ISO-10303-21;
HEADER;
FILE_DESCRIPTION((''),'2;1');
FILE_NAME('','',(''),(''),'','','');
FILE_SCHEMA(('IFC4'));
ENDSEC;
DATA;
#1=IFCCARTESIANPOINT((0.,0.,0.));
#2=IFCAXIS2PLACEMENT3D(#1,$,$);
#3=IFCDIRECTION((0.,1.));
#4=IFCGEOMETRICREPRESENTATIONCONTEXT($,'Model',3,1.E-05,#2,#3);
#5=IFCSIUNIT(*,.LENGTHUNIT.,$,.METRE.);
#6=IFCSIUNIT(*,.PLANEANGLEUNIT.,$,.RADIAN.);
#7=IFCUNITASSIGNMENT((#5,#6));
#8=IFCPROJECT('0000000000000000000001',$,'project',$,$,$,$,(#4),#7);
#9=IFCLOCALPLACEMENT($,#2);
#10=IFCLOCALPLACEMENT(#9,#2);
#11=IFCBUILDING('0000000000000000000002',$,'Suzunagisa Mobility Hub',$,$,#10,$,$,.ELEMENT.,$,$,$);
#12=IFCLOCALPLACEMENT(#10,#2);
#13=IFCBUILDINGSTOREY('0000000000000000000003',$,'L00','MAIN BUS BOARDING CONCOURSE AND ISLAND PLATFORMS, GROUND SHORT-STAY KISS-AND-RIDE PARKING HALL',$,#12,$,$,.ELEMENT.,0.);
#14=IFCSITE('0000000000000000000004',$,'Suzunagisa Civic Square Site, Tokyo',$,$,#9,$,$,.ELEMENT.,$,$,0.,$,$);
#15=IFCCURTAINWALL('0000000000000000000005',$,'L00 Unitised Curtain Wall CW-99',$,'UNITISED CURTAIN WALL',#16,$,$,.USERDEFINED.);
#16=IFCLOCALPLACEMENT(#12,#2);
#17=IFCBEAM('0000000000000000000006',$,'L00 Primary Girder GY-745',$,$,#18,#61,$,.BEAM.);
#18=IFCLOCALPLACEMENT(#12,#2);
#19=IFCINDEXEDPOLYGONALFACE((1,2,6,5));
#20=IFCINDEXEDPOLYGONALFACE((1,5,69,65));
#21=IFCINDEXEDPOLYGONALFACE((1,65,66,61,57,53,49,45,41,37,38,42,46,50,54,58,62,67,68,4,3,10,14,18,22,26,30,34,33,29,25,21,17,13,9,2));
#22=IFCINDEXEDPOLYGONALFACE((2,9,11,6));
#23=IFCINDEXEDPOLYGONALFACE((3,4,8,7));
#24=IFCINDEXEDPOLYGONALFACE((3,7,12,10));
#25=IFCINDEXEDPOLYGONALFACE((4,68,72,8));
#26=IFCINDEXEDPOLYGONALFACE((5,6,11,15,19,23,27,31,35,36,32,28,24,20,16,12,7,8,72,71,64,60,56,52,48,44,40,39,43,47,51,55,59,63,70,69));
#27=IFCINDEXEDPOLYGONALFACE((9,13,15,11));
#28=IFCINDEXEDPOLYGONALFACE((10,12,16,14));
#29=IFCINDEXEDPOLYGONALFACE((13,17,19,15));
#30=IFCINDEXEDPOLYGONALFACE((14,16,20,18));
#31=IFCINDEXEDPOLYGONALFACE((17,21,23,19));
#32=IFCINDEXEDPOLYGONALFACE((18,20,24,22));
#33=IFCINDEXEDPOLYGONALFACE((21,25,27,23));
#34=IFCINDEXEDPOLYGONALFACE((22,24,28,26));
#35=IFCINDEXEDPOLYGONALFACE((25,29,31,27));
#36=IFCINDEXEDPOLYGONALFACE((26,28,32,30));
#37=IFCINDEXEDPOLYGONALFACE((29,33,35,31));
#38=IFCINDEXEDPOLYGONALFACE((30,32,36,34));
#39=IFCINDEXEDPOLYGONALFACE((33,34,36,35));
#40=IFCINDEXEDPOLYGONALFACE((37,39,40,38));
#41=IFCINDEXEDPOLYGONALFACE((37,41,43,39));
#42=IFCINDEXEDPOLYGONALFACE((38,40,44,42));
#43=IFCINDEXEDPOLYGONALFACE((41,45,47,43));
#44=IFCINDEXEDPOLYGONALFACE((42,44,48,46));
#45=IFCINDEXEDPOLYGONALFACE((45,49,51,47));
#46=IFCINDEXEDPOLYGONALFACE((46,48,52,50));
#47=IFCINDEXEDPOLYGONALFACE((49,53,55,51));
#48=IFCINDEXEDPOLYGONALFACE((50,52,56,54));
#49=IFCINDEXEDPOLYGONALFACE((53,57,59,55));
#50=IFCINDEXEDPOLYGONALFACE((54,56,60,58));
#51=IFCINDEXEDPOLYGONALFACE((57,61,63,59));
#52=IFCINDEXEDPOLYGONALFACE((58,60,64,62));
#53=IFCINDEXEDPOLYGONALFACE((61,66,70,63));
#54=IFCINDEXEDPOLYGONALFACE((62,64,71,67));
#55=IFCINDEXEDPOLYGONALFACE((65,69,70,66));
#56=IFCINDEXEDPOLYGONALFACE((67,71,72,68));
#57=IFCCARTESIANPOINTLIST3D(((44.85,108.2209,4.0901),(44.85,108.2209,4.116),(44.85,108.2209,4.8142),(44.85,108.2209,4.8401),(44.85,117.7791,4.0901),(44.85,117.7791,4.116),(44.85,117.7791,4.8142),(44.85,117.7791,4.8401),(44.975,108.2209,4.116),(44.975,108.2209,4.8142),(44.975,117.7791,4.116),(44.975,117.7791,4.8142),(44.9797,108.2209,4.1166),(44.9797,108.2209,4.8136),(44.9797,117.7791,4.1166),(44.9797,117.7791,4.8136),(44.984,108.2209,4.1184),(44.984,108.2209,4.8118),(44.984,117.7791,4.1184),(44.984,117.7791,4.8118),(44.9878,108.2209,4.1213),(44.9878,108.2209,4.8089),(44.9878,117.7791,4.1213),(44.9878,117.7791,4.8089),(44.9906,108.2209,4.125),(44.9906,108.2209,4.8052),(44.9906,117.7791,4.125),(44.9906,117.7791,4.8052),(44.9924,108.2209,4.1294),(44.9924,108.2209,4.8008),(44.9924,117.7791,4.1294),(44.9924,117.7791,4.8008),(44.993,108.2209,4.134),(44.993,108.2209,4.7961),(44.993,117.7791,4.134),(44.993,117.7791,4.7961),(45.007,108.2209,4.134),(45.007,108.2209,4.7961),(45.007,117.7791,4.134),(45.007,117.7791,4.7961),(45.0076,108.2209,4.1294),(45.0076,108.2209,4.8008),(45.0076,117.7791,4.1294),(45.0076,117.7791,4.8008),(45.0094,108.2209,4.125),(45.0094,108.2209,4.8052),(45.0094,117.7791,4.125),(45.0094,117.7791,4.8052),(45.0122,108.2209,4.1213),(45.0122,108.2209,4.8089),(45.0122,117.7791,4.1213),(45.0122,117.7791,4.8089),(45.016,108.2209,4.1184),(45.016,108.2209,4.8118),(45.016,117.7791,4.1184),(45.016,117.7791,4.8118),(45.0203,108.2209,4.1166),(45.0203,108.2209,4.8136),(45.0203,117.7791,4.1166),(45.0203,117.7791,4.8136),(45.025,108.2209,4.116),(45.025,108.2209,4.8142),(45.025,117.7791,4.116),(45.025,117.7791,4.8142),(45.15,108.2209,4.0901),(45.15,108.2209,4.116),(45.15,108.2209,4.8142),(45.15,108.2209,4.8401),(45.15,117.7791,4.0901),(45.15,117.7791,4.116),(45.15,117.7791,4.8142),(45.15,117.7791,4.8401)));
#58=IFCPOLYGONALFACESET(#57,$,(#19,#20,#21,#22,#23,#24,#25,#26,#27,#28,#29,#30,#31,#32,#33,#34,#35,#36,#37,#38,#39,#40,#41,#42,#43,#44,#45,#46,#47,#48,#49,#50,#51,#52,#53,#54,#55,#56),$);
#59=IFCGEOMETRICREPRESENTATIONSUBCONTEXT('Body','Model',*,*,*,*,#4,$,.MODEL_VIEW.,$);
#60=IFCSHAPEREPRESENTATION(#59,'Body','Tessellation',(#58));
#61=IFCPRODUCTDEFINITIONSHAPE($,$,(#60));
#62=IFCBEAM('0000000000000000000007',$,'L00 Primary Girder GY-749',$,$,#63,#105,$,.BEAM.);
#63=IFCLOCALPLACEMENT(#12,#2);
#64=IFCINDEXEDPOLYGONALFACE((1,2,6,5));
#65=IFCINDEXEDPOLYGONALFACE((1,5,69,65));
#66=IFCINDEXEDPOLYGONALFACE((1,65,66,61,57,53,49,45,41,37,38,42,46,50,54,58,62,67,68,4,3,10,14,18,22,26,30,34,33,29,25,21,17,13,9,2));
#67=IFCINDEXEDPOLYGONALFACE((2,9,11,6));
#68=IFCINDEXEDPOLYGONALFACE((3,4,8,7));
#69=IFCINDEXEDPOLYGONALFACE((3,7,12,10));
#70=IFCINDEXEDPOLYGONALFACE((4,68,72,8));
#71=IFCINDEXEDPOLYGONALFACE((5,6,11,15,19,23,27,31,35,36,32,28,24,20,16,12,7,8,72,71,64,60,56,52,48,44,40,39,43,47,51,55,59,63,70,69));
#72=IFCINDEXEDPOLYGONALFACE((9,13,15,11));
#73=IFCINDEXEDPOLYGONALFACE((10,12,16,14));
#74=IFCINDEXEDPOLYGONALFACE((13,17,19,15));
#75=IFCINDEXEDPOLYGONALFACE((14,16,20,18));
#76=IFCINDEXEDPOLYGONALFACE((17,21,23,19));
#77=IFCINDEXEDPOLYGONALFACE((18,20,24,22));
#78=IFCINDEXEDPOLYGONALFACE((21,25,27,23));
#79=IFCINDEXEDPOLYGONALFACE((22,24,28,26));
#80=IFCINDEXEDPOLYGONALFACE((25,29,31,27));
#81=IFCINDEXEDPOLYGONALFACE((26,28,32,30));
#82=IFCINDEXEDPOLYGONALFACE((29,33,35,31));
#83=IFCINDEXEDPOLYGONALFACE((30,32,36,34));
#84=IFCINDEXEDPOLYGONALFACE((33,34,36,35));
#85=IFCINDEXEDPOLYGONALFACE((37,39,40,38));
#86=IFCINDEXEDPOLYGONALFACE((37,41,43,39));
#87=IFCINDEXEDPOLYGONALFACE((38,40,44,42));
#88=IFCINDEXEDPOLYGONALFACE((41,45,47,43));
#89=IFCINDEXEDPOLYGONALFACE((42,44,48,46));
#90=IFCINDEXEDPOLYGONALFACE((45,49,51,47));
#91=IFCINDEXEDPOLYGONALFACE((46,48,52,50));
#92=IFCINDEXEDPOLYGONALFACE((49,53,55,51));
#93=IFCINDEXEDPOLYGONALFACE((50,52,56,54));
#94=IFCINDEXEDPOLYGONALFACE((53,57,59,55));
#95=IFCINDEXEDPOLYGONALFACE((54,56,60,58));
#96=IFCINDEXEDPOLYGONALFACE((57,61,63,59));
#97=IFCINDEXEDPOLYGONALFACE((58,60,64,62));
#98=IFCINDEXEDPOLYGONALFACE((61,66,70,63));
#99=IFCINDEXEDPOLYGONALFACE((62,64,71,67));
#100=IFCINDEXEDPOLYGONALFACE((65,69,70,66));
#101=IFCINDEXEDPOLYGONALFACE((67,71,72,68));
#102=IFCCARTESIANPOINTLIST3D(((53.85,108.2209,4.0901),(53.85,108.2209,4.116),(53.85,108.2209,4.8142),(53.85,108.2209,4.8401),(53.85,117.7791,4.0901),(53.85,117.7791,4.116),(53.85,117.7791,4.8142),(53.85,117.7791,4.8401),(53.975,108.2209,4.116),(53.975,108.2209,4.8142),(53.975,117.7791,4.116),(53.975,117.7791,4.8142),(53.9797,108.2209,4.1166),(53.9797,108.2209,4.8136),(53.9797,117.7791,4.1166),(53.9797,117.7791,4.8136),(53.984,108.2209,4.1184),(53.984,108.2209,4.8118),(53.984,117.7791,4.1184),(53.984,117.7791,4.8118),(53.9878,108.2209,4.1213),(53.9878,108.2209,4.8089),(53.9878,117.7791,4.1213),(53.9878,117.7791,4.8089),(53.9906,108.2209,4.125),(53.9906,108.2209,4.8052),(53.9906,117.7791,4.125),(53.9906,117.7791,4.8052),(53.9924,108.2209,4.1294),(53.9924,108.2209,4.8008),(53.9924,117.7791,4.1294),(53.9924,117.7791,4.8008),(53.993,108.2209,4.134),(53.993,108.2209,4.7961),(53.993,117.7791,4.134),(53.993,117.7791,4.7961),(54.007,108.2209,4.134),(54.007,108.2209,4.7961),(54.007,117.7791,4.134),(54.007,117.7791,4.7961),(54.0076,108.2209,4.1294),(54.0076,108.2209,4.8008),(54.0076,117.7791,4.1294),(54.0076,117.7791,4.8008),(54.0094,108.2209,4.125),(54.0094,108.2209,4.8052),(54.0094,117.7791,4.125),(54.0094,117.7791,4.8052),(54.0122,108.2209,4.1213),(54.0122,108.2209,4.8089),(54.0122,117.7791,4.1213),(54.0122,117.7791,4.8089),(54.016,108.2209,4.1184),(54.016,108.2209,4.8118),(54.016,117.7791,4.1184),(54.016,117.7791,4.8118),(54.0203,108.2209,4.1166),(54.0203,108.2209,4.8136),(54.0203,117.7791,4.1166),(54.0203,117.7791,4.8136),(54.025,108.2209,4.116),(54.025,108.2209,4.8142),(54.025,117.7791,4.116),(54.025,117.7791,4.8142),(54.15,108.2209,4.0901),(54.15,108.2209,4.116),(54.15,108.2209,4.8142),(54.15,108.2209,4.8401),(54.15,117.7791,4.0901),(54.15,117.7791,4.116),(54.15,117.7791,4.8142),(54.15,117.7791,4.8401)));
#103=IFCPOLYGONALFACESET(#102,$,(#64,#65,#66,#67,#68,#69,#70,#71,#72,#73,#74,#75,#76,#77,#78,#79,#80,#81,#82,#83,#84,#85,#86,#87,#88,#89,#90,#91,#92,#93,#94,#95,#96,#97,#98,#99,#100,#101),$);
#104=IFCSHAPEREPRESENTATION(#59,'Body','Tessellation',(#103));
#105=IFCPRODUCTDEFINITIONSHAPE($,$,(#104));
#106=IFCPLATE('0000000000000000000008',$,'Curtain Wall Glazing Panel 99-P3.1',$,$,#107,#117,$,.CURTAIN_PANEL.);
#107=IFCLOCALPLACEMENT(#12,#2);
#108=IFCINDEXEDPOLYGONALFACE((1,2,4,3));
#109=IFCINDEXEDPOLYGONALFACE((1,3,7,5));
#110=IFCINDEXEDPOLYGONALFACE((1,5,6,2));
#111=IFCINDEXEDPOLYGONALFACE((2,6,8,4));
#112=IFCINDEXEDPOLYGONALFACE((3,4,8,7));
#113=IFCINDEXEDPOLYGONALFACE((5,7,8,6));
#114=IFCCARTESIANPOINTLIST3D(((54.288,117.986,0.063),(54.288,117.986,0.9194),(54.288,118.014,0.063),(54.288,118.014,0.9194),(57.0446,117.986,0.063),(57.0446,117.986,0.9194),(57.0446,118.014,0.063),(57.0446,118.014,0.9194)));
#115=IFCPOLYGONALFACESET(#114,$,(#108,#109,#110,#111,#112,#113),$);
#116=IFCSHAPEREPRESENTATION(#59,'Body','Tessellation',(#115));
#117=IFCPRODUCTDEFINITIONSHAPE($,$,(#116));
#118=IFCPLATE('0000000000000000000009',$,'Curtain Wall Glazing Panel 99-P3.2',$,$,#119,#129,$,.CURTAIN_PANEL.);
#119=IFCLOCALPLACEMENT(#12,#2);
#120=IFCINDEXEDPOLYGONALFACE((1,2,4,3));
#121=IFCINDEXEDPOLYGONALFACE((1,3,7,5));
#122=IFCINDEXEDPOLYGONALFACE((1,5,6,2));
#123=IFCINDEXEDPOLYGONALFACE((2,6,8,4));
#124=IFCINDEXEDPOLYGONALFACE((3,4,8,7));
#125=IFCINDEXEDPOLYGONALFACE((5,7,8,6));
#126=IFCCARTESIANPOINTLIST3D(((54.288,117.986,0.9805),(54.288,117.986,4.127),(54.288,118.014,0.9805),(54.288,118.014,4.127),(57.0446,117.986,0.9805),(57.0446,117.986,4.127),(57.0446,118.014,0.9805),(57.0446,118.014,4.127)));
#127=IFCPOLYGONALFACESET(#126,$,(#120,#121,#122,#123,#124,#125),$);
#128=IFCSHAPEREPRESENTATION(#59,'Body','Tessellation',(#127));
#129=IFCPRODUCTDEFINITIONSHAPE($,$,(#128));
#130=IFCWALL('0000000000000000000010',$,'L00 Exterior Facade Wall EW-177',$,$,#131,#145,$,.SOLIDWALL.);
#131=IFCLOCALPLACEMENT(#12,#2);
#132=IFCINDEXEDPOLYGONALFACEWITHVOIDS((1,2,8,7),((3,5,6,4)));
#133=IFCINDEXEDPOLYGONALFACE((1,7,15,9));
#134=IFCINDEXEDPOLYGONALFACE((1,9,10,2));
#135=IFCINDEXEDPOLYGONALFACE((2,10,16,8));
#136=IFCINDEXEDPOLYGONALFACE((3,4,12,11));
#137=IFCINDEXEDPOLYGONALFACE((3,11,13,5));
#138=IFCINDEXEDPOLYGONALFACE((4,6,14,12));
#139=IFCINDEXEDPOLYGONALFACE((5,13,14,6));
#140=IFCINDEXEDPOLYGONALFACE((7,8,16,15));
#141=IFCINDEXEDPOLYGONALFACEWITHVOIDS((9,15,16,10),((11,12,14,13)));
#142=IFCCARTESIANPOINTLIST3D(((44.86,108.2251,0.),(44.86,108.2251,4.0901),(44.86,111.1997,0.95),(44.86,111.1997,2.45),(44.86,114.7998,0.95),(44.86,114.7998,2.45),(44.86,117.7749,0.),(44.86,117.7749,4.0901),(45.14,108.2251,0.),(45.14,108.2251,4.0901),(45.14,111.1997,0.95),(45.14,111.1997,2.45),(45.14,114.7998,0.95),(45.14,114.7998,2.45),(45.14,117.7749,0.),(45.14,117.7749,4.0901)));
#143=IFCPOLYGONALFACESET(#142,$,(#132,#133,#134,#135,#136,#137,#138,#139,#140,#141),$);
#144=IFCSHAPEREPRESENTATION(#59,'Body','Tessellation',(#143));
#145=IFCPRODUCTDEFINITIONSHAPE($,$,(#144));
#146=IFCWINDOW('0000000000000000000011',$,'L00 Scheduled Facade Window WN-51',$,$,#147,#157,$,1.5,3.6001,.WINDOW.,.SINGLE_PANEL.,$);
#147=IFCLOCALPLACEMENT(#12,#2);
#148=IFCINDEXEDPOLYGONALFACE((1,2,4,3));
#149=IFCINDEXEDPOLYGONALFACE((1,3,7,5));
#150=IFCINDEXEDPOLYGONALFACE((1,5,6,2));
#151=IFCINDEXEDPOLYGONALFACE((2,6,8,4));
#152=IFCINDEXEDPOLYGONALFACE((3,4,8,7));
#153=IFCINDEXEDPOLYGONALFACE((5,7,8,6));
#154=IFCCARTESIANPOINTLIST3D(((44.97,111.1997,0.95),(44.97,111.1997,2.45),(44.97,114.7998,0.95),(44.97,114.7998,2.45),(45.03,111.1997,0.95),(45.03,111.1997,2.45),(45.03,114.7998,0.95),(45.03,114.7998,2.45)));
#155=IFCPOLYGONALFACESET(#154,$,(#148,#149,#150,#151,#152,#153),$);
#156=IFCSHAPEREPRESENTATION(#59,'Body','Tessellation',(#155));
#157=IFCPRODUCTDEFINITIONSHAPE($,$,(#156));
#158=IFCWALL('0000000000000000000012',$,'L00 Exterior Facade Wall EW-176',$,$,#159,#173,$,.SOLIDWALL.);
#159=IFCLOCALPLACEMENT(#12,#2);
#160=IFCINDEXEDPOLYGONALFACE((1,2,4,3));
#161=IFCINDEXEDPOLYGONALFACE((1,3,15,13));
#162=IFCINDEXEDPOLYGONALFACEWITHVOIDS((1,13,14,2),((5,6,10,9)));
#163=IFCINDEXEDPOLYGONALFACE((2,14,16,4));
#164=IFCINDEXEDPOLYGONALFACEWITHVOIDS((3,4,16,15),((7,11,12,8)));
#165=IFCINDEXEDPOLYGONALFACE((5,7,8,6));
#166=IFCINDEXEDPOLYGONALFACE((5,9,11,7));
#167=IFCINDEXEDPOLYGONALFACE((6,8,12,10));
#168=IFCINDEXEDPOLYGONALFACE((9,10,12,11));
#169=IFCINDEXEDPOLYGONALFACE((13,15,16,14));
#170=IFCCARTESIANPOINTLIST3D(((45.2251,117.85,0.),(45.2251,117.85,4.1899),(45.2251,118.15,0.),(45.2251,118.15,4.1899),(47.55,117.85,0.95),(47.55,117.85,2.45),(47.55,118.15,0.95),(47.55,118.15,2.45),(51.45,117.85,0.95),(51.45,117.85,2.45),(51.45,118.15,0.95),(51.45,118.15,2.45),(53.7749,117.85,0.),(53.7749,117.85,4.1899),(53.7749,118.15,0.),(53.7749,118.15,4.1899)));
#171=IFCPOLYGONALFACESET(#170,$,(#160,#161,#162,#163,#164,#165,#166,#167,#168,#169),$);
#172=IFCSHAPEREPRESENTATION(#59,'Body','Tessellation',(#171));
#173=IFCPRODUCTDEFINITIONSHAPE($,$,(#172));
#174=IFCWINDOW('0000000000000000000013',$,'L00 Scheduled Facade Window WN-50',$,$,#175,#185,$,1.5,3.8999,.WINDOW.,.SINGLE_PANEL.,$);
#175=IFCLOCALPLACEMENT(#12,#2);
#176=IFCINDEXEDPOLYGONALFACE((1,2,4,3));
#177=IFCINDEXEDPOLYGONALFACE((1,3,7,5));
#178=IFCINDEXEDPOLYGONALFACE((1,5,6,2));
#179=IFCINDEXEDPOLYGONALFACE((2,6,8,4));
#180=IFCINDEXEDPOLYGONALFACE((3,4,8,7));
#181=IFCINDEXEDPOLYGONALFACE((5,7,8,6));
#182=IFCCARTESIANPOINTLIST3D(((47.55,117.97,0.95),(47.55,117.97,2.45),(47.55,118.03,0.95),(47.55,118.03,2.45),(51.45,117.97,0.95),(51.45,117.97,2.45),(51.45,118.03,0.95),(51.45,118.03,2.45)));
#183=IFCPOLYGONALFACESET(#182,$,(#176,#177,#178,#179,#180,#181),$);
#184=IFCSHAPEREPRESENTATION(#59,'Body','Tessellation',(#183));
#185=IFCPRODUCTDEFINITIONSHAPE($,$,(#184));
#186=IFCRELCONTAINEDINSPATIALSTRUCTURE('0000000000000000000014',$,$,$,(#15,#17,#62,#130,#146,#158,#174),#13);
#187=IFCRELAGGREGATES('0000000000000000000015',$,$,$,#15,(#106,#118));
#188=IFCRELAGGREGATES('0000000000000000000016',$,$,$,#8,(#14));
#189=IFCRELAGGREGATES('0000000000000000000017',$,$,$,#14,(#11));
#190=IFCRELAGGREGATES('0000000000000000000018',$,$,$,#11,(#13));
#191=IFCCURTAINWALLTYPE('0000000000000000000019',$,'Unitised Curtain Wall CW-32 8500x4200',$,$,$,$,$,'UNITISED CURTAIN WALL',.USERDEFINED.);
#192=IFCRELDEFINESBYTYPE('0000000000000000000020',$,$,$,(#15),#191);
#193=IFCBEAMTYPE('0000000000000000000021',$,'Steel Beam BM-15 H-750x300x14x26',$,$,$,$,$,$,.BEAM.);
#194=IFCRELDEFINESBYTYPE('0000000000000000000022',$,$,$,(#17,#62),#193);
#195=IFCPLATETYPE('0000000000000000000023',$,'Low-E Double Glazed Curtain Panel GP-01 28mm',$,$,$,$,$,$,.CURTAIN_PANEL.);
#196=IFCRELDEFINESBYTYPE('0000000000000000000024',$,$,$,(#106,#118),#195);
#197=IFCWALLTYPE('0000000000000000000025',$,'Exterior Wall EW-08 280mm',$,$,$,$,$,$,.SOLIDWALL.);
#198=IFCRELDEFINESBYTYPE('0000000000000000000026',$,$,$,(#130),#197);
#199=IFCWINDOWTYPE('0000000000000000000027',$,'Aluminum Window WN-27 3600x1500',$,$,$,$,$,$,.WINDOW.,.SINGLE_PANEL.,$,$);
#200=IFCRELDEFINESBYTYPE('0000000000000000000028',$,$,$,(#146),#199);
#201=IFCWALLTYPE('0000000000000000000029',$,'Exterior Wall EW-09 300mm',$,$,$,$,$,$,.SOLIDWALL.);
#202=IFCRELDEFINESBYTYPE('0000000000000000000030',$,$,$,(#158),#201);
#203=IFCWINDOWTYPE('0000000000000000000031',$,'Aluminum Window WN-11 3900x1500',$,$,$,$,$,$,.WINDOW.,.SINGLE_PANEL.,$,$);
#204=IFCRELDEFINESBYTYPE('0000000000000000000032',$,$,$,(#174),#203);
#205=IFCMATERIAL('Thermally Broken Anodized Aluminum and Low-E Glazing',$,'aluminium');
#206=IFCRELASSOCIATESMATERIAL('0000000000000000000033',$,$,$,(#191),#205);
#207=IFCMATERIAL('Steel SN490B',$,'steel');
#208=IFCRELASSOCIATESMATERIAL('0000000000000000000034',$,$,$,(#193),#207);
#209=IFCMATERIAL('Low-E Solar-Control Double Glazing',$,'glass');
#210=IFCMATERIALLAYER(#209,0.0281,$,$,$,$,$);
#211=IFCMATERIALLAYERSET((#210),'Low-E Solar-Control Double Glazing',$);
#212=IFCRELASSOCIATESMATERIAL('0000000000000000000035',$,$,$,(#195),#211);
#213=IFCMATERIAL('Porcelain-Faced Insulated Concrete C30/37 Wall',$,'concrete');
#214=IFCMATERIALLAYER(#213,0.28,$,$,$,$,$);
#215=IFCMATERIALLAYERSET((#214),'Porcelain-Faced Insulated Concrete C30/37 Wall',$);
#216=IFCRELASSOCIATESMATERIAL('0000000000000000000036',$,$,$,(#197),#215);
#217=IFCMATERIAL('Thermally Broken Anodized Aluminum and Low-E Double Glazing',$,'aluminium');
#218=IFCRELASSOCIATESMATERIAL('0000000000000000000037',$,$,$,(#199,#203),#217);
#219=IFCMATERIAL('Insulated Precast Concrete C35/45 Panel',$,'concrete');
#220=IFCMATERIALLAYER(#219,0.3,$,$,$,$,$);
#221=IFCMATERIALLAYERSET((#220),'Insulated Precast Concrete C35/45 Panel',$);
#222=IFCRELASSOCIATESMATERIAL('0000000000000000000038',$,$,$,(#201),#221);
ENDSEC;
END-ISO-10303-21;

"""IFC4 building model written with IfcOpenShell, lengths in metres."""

from ifc_helpers import new_model, si_unit, direction, frame, frame_2d, origin, origin_2d, place, context, subcontext, project, spatial, rectangle, i_section, extrude, material, layer, layer_set, material_profile, profile_set, type_object, element, fill, aggregate, save


model = new_model("IFC4")

# Units and contexts
model_context = context("Model", 3, precision=1e-05, world=origin(), true_north=direction((0.0, 1.0)))
body_context = subcontext(model_context, "Body", "Model", "MODEL_VIEW")
ifc_project = project(units=[si_unit("LENGTHUNIT", "METRE"), si_unit("PLANEANGLEUNIT", "RADIAN")], contexts=[model_context])

# Site, building, storey
site_placement = place(None, origin())
site = spatial("IfcSite", under=ifc_project, at=site_placement, Name="Suzunagisa Civic Square Site, Tokyo", CompositionType="ELEMENT", RefElevation=0.0)
building_placement = place(site_placement, origin())
building = spatial("IfcBuilding", under=site, at=building_placement, Name="Suzunagisa Mobility Hub", CompositionType="ELEMENT")
storey_placement = place(building_placement, origin())
storey = spatial("IfcBuildingStorey", under=building, at=storey_placement, Name="L00", Description="MAIN BUS BOARDING CONCOURSE AND ISLAND PLATFORMS, GROUND SHORT-STAY KISS-AND-RIDE PARKING HALL", CompositionType="ELEMENT", Elevation=0.0)

# Shared definitions
ifc_material_1 = material(Name="Steel SN490B", Category="steel")

# Curtain wall
ifc_material_2 = material(Name="Thermally Broken Anodized Aluminum and Low-E Glazing", Category="aluminium")
curtain_wall_type = type_object("IfcCurtainWallType", Name="Unitised Curtain Wall CW-32 8500x4200", ElementType="UNITISED CURTAIN WALL", PredefinedType="USERDEFINED", material=ifc_material_2)
curtain_wall_placement = place(storey_placement, origin())
curtain_wall = element("IfcCurtainWall", 1, at=curtain_wall_placement, inside=storey, type_object=curtain_wall_type, Name="L00 Unitised Curtain Wall CW-99", ObjectType="UNITISED CURTAIN WALL", PredefinedType="USERDEFINED")

# Beams
ifc_material_profile_1 = material_profile(ifc_material_1, i_section(OverallWidth=0.3, OverallDepth=0.75, WebThickness=0.0139, FlangeThickness=0.0259, FilletRadius=0.0181, at=origin_2d()), Name="H-750x300x14x26")
ifc_profile_set_1 = profile_set([ifc_material_profile_1], Name="Steel SN490B")
beam_type_1 = type_object("IfcBeamType", Name="Steel Beam BM-15 H-750x300x14x26", PredefinedType="BEAM", material=ifc_profile_set_1)
for number, where, z_axis, x_axis, name in (
    (2, (45.0, 108.2209, 4.4651), (0.0, 1.0, 0.0), (-1.0, 0.0, 0.0), "L00 Primary Girder GY-745"),
    (3, (54.0, 108.2209, 4.4651), (0.0, 1.0, 0.0), (-1.0, 0.0, 0.0), "L00 Primary Girder GY-749"),
):
    element("IfcBeam", number, at=place(storey_placement, frame(where, z_axis=z_axis, x_axis=x_axis)), inside=storey, type_object=beam_type_1, Name=name, PredefinedType="BEAM", context=body_context, shape_type="SweptSolid", body=[
        extrude(i_section(OverallWidth=0.3, OverallDepth=0.75, WebThickness=0.0139, FlangeThickness=0.0259, FilletRadius=0.0181, at=origin_2d()), origin(), (0.0, 0.0, 1.0), 9.5581),
    ])

# Plates
ifc_material_3 = material(Name="Low-E Solar-Control Double Glazing", Category="glass")
ifc_layer_1 = layer(ifc_material_3, 0.0281)
ifc_layer_set_1 = layer_set([ifc_layer_1], Name="Low-E Solar-Control Double Glazing")
plate_type = type_object("IfcPlateType", Name="Low-E Double Glazed Curtain Panel GP-01 28mm", PredefinedType="CURTAIN_PANEL", material=ifc_layer_set_1)
plate_1_placement = place(storey_placement, frame((55.6663, 118.0, 0.063), z_axis=(0.0, 0.0, 1.0), x_axis=(-1.0, 0.0, 0.0)))
plate_1 = element("IfcPlate", 4, at=plate_1_placement, type_object=plate_type, Name="Curtain Wall Glazing Panel 99-P3.1", PredefinedType="CURTAIN_PANEL", context=body_context, shape_type="SweptSolid", body=[
    extrude(rectangle(XDim=2.7566, YDim=0.0281, at=origin_2d()), origin(), (0.0, 0.0, 1.0), 0.8564),
])
plate_2_placement = place(storey_placement, frame((55.6663, 118.0, 0.9805), z_axis=(0.0, 0.0, 1.0), x_axis=(-1.0, 0.0, 0.0)))
plate_2 = element("IfcPlate", 5, at=plate_2_placement, type_object=plate_type, Name="Curtain Wall Glazing Panel 99-P3.2", PredefinedType="CURTAIN_PANEL", context=body_context, shape_type="SweptSolid", body=[
    extrude(rectangle(XDim=2.7566, YDim=0.0281, at=origin_2d()), origin(), (0.0, 0.0, 1.0), 3.1465),
])
aggregate(curtain_wall, [plate_1, plate_2])

# Walls, openings, windows
ifc_material_4 = material(Name="Porcelain-Faced Insulated Concrete C30/37 Wall", Category="concrete")
ifc_layer_2 = layer(ifc_material_4, 0.28)
ifc_layer_set_2 = layer_set([ifc_layer_2], Name="Porcelain-Faced Insulated Concrete C30/37 Wall")
wall_type_1 = type_object("IfcWallType", Name="Exterior Wall EW-08 280mm", PredefinedType="SOLIDWALL", material=ifc_layer_set_2)
wall_1_placement = place(storey_placement, frame((45.0, 117.7749, 0.0), z_axis=(0.0, 0.0, 1.0), x_axis=(0.0, -1.0, 0.0)))
wall_1 = element("IfcWall", 6, at=wall_1_placement, inside=storey, type_object=wall_type_1, Name="L00 Exterior Facade Wall EW-177", PredefinedType="SOLIDWALL", context=body_context, shape_type="SweptSolid", body=[
    extrude(rectangle(XDim=9.5498, YDim=0.28, at=frame_2d((4.7749, 0.0))), origin(), (0.0, 0.0, 1.0), 4.0901),
])
opening_1_placement = place(wall_1_placement, frame((2.9751, 0.0, 0.95)))
opening_1 = element("IfcOpeningElement", 7, at=opening_1_placement, cuts=wall_1, PredefinedType="OPENING", context=body_context, shape_type="SweptSolid", body=[
    extrude(rectangle(XDim=3.6001, YDim=1.5, at=frame_2d((1.8, 0.75))), frame((0.0, 0.1509, 0.0), z_axis=(0.0, -1.0, 0.0), x_axis=(1.0, 0.0, 0.0)), (0.0, 0.0, 1.0), 0.302),
])
ifc_material_5 = material(Name="Thermally Broken Anodized Aluminum and Low-E Double Glazing", Category="aluminium")
window_type_1 = type_object("IfcWindowType", Name="Aluminum Window WN-27 3600x1500", PartitioningType="SINGLE_PANEL", PredefinedType="WINDOW", material=ifc_material_5)
window_1_placement = place(opening_1_placement, origin())
window_1 = element("IfcWindow", 8, at=window_1_placement, inside=storey, type_object=window_type_1, Name="L00 Scheduled Facade Window WN-51", OverallHeight=1.5, OverallWidth=3.6001, PartitioningType="SINGLE_PANEL", PredefinedType="WINDOW", context=body_context, shape_type="SweptSolid", body=[
    extrude(rectangle(XDim=3.6001, YDim=1.5, at=frame_2d((1.8, 0.75))), frame((0.0, 0.03, 0.0), z_axis=(0.0, -1.0, 0.0), x_axis=(1.0, 0.0, 0.0)), (0.0, 0.0, 1.0), 0.0601),
])
fill(opening_1, window_1)
ifc_material_6 = material(Name="Insulated Precast Concrete C35/45 Panel", Category="concrete")
ifc_layer_3 = layer(ifc_material_6, 0.3)
ifc_layer_set_3 = layer_set([ifc_layer_3], Name="Insulated Precast Concrete C35/45 Panel")
wall_type_2 = type_object("IfcWallType", Name="Exterior Wall EW-09 300mm", PredefinedType="SOLIDWALL", material=ifc_layer_set_3)
wall_2_placement = place(storey_placement, frame((53.7749, 118.0, 0.0), z_axis=(0.0, 0.0, 1.0), x_axis=(-1.0, 0.0, 0.0)))
wall_2 = element("IfcWall", 9, at=wall_2_placement, inside=storey, type_object=wall_type_2, Name="L00 Exterior Facade Wall EW-176", PredefinedType="SOLIDWALL", context=body_context, shape_type="SweptSolid", body=[
    extrude(rectangle(XDim=8.5498, YDim=0.3, at=frame_2d((4.2749, 0.0))), origin(), (0.0, 0.0, 1.0), 4.1899),
])
opening_2_placement = place(wall_2_placement, frame((2.325, 0.0, 0.95)))
opening_2 = element("IfcOpeningElement", 10, at=opening_2_placement, cuts=wall_2, PredefinedType="OPENING", context=body_context, shape_type="SweptSolid", body=[
    extrude(rectangle(XDim=3.8999, YDim=1.5, at=frame_2d((1.95, 0.75))), frame((0.0, 0.1611, 0.0), z_axis=(0.0, -1.0, 0.0), x_axis=(1.0, 0.0, 0.0)), (0.0, 0.0, 1.0), 0.322),
])
window_type_2 = type_object("IfcWindowType", Name="Aluminum Window WN-11 3900x1500", PartitioningType="SINGLE_PANEL", PredefinedType="WINDOW", material=ifc_material_5)
window_2_placement = place(opening_2_placement, origin())
window_2 = element("IfcWindow", 11, at=window_2_placement, inside=storey, type_object=window_type_2, Name="L00 Scheduled Facade Window WN-50", OverallHeight=1.5, OverallWidth=3.8999, PartitioningType="SINGLE_PANEL", PredefinedType="WINDOW", context=body_context, shape_type="SweptSolid", body=[
    extrude(rectangle(XDim=3.8999, YDim=1.5, at=frame_2d((1.95, 0.75))), frame((0.0, 0.03, 0.0), z_axis=(0.0, -1.0, 0.0), x_axis=(1.0, 0.0, 0.0)), (0.0, 0.0, 1.0), 0.0601),
])
fill(opening_2, window_2)

save(model, "model.ifc")
